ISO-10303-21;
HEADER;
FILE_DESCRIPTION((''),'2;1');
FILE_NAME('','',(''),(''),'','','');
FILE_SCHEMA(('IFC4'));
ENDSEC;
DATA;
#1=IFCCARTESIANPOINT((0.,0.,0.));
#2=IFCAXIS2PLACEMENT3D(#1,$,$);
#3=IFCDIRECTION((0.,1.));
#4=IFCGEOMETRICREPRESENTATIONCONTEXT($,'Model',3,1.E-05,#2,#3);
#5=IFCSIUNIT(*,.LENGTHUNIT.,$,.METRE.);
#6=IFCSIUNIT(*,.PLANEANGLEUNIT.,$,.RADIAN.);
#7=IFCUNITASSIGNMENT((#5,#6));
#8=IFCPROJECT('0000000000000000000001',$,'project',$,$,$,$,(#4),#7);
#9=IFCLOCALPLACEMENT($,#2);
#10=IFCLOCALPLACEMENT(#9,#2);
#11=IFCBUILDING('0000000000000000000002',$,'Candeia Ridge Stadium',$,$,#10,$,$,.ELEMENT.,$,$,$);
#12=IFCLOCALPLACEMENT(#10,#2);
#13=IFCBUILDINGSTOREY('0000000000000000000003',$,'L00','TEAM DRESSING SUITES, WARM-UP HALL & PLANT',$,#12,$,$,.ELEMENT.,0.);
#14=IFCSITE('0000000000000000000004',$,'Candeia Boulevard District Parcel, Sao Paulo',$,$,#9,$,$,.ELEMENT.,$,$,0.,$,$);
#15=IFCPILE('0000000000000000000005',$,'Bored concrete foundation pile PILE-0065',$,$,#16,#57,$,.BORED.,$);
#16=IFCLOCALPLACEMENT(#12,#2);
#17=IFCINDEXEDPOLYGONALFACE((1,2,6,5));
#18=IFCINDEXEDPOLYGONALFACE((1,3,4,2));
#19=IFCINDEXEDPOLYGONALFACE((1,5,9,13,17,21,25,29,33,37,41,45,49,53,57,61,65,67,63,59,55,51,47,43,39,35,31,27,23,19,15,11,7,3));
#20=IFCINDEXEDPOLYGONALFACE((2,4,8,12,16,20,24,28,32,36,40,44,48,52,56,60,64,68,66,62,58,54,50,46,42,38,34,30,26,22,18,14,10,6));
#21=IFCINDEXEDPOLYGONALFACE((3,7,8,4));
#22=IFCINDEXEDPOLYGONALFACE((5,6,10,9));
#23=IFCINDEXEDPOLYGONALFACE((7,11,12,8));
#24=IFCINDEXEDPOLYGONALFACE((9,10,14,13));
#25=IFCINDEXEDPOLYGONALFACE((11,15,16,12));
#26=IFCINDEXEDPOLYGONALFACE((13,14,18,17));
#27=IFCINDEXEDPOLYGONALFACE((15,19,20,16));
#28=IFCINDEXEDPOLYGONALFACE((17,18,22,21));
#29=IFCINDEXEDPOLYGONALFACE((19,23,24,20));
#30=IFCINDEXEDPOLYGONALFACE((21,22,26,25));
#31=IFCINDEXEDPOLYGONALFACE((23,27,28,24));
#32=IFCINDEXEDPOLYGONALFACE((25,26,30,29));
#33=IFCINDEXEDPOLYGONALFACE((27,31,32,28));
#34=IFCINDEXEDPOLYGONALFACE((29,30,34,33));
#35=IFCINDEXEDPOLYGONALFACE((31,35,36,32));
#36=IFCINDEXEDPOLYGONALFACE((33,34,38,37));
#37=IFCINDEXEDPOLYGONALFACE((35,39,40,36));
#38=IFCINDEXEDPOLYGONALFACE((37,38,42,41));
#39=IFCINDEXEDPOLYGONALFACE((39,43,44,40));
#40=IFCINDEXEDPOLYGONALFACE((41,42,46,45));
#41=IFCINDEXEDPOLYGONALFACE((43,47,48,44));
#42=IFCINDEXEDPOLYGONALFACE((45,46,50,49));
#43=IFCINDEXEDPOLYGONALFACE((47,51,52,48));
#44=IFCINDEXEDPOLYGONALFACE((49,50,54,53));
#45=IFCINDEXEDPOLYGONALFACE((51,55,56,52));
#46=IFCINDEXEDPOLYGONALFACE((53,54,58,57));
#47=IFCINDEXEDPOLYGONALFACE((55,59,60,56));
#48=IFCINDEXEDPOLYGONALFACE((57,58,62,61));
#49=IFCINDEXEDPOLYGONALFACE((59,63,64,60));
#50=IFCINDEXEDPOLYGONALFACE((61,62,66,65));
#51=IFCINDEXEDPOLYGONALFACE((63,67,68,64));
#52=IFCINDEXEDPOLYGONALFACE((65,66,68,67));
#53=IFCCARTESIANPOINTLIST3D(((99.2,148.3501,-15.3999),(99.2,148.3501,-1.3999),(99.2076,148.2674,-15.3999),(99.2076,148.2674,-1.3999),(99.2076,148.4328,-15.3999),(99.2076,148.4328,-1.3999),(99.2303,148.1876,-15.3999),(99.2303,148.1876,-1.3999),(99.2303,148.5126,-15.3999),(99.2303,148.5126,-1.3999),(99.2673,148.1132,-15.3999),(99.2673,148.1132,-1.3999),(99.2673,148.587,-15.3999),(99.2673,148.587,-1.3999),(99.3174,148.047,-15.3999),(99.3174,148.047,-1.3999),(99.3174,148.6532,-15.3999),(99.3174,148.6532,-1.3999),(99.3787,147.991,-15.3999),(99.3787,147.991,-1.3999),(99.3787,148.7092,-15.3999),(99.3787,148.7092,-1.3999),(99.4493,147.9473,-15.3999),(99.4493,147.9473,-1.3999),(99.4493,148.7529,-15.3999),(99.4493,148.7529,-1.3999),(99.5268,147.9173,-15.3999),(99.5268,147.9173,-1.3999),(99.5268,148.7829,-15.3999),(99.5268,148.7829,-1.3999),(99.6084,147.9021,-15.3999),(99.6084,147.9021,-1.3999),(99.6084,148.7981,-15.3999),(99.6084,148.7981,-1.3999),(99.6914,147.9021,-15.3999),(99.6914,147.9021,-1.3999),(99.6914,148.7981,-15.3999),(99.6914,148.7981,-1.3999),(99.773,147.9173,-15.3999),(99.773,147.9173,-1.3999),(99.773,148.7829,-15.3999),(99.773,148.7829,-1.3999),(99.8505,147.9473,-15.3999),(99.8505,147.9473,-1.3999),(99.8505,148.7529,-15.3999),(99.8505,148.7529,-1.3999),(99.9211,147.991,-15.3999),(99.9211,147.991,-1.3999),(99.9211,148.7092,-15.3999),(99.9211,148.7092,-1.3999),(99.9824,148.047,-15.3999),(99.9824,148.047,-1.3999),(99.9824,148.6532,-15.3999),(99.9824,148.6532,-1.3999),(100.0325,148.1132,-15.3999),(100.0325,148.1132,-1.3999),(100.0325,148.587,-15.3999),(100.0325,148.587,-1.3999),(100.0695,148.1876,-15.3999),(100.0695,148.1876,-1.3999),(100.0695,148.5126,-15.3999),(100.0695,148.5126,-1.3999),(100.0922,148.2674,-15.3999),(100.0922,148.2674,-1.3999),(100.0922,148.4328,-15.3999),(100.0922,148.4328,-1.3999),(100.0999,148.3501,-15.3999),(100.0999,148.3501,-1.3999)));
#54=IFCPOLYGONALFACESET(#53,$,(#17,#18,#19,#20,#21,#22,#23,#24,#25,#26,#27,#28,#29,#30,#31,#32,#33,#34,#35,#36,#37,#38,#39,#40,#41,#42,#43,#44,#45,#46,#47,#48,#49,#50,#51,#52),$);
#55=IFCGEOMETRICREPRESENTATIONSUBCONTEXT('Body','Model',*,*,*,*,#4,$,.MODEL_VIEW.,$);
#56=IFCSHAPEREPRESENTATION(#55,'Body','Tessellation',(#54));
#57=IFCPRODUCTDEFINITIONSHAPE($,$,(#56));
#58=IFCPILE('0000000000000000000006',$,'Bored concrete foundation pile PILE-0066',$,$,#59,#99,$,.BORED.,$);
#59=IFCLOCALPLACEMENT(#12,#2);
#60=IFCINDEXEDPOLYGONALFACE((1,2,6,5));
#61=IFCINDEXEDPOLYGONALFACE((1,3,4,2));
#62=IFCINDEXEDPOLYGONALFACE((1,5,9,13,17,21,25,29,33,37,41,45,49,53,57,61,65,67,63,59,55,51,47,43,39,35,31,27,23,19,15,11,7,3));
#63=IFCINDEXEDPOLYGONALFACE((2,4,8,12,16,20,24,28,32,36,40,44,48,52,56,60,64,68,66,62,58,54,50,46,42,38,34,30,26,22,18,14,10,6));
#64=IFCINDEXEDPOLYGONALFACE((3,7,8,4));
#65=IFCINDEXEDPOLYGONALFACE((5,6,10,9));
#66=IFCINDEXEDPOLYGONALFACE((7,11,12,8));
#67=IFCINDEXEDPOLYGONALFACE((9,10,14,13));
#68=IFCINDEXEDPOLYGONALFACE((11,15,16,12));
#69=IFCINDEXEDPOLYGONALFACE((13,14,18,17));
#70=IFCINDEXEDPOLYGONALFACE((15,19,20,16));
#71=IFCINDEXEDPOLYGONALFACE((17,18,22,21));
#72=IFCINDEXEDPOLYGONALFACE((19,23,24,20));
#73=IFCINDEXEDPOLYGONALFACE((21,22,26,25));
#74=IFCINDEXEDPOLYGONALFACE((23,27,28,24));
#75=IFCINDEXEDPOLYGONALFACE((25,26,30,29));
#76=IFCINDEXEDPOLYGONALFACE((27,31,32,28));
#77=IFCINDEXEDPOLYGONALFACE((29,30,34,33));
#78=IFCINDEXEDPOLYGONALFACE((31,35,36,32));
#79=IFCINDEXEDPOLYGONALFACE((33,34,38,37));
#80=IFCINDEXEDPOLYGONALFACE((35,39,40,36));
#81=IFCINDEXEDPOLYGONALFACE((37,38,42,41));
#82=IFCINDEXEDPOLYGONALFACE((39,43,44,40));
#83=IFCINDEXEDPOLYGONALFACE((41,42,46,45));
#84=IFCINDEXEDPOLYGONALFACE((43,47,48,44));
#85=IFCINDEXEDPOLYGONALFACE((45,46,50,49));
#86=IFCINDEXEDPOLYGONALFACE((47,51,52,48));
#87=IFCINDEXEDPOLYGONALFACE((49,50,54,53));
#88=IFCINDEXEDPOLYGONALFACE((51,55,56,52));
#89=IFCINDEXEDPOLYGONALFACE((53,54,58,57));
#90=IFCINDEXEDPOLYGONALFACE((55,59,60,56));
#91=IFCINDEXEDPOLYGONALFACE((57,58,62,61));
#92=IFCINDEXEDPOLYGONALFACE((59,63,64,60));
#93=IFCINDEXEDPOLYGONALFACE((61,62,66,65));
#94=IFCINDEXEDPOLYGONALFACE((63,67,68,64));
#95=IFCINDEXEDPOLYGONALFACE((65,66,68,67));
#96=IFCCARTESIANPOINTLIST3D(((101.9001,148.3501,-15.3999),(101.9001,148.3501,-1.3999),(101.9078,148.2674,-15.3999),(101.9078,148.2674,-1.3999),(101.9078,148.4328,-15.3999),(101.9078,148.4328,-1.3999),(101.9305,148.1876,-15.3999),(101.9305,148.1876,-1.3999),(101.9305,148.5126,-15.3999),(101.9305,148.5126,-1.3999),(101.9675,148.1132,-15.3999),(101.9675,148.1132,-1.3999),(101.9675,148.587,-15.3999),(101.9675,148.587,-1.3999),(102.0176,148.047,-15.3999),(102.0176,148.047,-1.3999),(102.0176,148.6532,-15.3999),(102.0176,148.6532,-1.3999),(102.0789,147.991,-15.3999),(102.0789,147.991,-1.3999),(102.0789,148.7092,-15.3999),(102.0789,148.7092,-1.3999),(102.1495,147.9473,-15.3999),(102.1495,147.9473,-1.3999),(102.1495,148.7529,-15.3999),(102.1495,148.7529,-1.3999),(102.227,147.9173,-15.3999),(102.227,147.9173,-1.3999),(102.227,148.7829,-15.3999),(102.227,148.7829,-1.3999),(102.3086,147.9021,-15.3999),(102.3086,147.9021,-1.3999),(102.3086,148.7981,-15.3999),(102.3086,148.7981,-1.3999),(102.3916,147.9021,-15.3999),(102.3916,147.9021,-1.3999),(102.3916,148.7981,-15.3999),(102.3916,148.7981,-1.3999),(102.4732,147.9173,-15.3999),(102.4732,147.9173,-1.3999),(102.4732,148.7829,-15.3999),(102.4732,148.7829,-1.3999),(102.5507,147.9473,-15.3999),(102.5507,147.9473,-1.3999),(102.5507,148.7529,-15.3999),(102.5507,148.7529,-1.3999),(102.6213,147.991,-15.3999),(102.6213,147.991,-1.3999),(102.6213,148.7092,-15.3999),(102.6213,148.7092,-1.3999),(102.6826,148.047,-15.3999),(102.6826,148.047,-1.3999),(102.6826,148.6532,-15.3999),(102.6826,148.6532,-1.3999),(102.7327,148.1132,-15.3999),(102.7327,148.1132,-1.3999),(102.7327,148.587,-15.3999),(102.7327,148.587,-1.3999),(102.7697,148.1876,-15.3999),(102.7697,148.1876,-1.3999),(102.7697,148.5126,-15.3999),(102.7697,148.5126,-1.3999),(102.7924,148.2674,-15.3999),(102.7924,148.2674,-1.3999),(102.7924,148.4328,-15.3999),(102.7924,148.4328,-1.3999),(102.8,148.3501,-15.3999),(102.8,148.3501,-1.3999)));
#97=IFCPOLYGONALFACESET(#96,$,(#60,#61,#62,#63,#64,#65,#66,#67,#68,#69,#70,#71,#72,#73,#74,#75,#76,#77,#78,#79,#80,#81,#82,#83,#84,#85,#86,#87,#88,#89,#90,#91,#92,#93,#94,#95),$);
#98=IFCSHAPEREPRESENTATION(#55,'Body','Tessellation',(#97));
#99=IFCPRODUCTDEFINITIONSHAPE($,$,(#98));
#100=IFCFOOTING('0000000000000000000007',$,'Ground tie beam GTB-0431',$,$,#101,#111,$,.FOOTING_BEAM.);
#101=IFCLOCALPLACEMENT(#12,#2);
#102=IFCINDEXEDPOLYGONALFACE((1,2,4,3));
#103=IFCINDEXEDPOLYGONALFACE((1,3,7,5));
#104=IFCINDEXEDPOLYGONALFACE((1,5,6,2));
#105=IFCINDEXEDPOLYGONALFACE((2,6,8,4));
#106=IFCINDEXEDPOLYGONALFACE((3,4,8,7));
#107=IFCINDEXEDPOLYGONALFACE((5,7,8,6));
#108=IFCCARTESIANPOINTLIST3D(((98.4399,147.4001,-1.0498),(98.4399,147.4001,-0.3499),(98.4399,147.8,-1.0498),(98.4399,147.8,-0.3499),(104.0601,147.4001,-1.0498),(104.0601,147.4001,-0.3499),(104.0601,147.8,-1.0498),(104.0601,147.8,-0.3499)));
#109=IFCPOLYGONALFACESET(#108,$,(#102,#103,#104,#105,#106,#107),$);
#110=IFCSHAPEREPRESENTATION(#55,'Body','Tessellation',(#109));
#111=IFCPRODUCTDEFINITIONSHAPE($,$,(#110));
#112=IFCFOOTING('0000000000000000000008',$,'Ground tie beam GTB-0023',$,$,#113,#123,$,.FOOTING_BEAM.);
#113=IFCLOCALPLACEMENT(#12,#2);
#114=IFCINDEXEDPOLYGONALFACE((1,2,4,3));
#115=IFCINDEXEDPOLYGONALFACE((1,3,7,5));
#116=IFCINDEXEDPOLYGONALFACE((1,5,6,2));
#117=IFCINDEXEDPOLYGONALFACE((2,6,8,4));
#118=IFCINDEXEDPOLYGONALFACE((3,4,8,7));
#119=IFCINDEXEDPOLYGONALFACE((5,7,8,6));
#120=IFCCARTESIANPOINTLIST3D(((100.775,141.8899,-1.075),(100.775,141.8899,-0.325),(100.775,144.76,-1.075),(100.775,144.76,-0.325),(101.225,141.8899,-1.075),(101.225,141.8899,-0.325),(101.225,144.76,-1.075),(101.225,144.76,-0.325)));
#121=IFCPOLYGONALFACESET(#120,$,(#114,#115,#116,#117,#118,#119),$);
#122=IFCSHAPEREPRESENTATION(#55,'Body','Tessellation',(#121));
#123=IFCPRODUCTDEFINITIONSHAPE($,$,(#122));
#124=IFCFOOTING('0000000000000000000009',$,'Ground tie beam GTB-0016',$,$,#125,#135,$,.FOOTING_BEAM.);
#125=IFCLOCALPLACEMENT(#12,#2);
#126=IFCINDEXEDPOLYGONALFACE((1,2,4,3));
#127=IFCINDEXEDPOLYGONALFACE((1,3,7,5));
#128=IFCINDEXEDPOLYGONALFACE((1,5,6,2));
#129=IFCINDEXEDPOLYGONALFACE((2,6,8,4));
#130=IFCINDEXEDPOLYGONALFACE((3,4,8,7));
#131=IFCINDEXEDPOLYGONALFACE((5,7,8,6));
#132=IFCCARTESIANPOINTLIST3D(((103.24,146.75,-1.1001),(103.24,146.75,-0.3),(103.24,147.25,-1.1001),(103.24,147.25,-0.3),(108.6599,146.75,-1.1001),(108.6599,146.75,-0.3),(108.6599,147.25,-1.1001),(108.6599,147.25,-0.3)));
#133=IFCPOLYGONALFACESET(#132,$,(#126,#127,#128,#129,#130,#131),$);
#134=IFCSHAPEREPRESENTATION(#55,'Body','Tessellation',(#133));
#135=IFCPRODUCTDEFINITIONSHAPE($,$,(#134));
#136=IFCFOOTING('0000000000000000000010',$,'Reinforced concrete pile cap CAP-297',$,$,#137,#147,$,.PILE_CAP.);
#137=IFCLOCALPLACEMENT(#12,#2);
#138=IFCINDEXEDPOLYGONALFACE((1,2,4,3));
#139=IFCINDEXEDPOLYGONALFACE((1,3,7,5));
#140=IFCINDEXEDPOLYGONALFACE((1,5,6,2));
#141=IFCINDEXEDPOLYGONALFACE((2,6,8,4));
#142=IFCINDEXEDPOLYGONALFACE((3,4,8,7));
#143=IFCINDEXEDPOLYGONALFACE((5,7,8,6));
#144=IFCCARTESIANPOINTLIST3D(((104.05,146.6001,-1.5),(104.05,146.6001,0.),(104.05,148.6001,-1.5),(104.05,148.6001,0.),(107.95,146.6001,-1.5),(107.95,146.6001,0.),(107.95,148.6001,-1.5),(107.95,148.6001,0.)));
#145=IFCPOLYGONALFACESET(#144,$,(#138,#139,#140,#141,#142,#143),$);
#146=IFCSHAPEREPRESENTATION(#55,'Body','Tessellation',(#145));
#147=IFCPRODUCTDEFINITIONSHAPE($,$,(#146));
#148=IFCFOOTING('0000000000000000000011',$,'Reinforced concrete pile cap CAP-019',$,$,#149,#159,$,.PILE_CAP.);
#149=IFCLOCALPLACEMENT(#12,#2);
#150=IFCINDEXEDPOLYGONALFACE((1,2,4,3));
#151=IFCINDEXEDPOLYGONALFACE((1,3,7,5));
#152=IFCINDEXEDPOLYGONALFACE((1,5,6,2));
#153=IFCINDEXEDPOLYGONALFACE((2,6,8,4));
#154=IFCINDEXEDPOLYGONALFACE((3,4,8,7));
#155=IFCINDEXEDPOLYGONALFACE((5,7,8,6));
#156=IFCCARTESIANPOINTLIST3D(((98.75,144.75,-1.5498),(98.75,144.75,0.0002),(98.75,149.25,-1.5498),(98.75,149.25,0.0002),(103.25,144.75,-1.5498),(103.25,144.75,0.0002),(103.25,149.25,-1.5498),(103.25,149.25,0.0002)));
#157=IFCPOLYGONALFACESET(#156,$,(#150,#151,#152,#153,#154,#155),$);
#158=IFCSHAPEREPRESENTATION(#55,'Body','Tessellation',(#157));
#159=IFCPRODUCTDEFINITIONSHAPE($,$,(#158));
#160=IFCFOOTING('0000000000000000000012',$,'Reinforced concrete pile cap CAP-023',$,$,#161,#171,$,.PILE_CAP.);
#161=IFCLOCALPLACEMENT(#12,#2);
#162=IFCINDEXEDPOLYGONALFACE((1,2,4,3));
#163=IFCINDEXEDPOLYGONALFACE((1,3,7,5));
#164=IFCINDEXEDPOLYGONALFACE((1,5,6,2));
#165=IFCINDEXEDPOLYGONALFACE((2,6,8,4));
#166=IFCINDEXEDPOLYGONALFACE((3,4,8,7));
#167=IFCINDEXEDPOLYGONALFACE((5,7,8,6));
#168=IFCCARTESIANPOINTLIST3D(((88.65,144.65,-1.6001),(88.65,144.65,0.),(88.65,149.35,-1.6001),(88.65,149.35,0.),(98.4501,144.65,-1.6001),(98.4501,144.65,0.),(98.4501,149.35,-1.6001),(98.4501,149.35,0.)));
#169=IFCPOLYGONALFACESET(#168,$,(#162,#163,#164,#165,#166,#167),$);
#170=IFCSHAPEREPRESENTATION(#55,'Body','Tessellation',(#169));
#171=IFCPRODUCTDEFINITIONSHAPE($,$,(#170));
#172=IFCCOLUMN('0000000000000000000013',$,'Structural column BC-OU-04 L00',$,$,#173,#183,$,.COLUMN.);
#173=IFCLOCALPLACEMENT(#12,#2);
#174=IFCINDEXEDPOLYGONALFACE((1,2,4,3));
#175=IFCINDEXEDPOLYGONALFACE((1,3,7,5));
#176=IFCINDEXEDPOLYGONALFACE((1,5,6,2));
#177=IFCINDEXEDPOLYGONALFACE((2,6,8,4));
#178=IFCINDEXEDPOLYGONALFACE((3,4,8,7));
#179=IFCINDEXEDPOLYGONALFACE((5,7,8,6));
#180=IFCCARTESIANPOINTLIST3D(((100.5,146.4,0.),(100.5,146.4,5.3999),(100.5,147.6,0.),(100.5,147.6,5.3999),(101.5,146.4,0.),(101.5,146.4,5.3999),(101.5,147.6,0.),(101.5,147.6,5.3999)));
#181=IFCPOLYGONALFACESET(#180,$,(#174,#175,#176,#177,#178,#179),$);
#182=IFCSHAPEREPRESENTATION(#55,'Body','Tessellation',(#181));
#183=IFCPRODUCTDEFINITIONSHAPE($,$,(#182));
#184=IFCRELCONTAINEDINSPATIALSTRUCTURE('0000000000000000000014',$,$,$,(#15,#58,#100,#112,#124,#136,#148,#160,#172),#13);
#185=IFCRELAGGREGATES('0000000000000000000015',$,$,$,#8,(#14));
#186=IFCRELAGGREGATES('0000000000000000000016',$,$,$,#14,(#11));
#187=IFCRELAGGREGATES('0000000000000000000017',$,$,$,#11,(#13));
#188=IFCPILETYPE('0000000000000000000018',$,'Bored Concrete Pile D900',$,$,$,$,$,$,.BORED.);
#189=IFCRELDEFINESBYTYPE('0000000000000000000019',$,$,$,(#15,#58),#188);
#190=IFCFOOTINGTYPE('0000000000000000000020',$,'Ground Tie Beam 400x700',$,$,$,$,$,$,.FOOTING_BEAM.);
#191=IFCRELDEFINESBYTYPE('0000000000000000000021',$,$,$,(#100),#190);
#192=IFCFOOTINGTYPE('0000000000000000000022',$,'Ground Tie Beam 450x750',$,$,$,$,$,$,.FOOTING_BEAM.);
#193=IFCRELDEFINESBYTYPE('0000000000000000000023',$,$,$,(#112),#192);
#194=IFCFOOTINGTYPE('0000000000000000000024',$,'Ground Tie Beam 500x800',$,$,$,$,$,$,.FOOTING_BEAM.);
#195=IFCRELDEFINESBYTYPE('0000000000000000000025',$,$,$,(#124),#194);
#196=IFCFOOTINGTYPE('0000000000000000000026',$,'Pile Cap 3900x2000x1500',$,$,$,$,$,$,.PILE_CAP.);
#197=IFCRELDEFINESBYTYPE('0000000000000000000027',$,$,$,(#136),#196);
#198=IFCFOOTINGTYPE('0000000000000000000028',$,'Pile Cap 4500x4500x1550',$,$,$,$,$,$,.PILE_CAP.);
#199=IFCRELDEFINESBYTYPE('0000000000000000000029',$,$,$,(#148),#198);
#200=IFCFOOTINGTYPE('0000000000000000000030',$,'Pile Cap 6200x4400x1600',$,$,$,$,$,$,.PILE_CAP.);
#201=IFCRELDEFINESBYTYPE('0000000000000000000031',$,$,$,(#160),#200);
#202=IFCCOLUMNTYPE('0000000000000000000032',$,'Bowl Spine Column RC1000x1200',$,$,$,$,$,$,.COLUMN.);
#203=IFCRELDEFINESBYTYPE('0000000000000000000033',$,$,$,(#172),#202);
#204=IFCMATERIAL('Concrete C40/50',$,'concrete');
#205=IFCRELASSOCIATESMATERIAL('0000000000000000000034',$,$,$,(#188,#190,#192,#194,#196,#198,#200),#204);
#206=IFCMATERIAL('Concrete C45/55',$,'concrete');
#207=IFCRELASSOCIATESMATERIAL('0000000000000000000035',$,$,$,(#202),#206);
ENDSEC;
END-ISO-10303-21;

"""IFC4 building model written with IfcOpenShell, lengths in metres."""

from ifc_helpers import new_model, si_unit, direction, frame, origin, origin_2d, place, context, subcontext, project, spatial, rectangle, circle, extrude, material, material_profile, profile_set, type_object, element, save


model = new_model("IFC4")

# Units and contexts
model_context = context("Model", 3, precision=1e-05, world=origin(), true_north=direction((0.0, 1.0)))
body_context = subcontext(model_context, "Body", "Model", "MODEL_VIEW")
ifc_project = project(units=[si_unit("LENGTHUNIT", "METRE"), si_unit("PLANEANGLEUNIT", "RADIAN")], contexts=[model_context])

# Site, building, storey
site_placement = place(None, origin())
site = spatial("IfcSite", under=ifc_project, at=site_placement, Name="Candeia Boulevard District Parcel, Sao Paulo", CompositionType="ELEMENT", RefElevation=0.0)
building_placement = place(site_placement, origin())
building = spatial("IfcBuilding", under=site, at=building_placement, Name="Candeia Ridge Stadium", CompositionType="ELEMENT")
storey_placement = place(building_placement, origin())
storey = spatial("IfcBuildingStorey", under=building, at=storey_placement, Name="L00", Description="TEAM DRESSING SUITES, WARM-UP HALL & PLANT", CompositionType="ELEMENT", Elevation=0.0)

# Piles
ifc_material_1 = material(Name="Concrete C40/50", Category="concrete")
ifc_material_profile_1 = material_profile(ifc_material_1, circle(Radius=0.45, at=origin_2d()), Name="PILE-D900", Category="concrete")
ifc_profile_set_1 = profile_set([ifc_material_profile_1], Name="Concrete C40/50")
pile_type_1 = type_object("IfcPileType", Name="Bored Concrete Pile D900", PredefinedType="BORED", material=ifc_profile_set_1)
for number, where, z_axis, x_axis, name in (
    (1, (99.6499, 148.3501, -1.3999), (0.0, 0.0, -1.0), (1.0, 0.0, 0.0), "Bored concrete foundation pile PILE-0065"),
    (2, (102.3501, 148.3501, -1.3999), (0.0, 0.0, -1.0), (1.0, 0.0, 0.0), "Bored concrete foundation pile PILE-0066"),
):
    element("IfcPile", number, at=place(storey_placement, frame(where, z_axis=z_axis, x_axis=x_axis)), inside=storey, type_object=pile_type_1, Name=name, PredefinedType="BORED", context=body_context, shape_type="SweptSolid", body=[
        extrude(circle(Radius=0.45, at=origin_2d()), origin(), (0.0, 0.0, 1.0), 14.0),
    ])

# Footings
footing_type_1 = type_object("IfcFootingType", Name="Ground Tie Beam 400x700", PredefinedType="FOOTING_BEAM", material=ifc_material_1)
footing_1_placement = place(storey_placement, frame((101.25, 147.6001, -1.0498), z_axis=(0.0, 0.0, 1.0), x_axis=(1.0, 0.0, 0.0)))
element("IfcFooting", 3, at=footing_1_placement, inside=storey, type_object=footing_type_1, Name="Ground tie beam GTB-0431", PredefinedType="FOOTING_BEAM", context=body_context, shape_type="SweptSolid", body=[
    extrude(rectangle(XDim=5.6201, YDim=0.3999, at=origin_2d()), origin(), (0.0, 0.0, 1.0), 0.7),
])
footing_type_2 = type_object("IfcFootingType", Name="Ground Tie Beam 450x750", PredefinedType="FOOTING_BEAM", material=ifc_material_1)
footing_2_placement = place(storey_placement, frame((101.0, 143.325, -1.075), z_axis=(0.0, 0.0, 1.0), x_axis=(0.0, 1.0, 0.0)))
element("IfcFooting", 4, at=footing_2_placement, inside=storey, type_object=footing_type_2, Name="Ground tie beam GTB-0023", PredefinedType="FOOTING_BEAM", context=body_context, shape_type="SweptSolid", body=[
    extrude(rectangle(XDim=2.8701, YDim=0.45, at=origin_2d()), origin(), (0.0, 0.0, 1.0), 0.75),
])
footing_type_3 = type_object("IfcFootingType", Name="Ground Tie Beam 500x800", PredefinedType="FOOTING_BEAM", material=ifc_material_1)
footing_3_placement = place(storey_placement, frame((105.95, 147.0, -1.1001), z_axis=(0.0, 0.0, 1.0), x_axis=(-1.0, 0.0, 0.0)))
element("IfcFooting", 5, at=footing_3_placement, inside=storey, type_object=footing_type_3, Name="Ground tie beam GTB-0016", PredefinedType="FOOTING_BEAM", context=body_context, shape_type="SweptSolid", body=[
    extrude(rectangle(XDim=5.4199, YDim=0.5, at=origin_2d()), origin(), (0.0, 0.0, 1.0), 0.8),
])
footing_type_4 = type_object("IfcFootingType", Name="Pile Cap 3900x2000x1500", PredefinedType="PILE_CAP", material=ifc_material_1)
footing_4_placement = place(storey_placement, frame((106.0, 147.6001, -1.5), z_axis=(0.0, 0.0, 1.0), x_axis=(1.0, 0.0, 0.0)))
element("IfcFooting", 6, at=footing_4_placement, inside=storey, type_object=footing_type_4, Name="Reinforced concrete pile cap CAP-297", PredefinedType="PILE_CAP", context=body_context, shape_type="SweptSolid", body=[
    extrude(rectangle(XDim=3.8999, YDim=2.0, at=origin_2d()), origin(), (0.0, 0.0, 1.0), 1.5),
])
footing_type_5 = type_object("IfcFootingType", Name="Pile Cap 4500x4500x1550", PredefinedType="PILE_CAP", material=ifc_material_1)
footing_5_placement = place(storey_placement, frame((101.0, 147.0, -1.5498), z_axis=(0.0, 0.0, 1.0), x_axis=(1.0, 0.0, 0.0)))
element("IfcFooting", 7, at=footing_5_placement, inside=storey, type_object=footing_type_5, Name="Reinforced concrete pile cap CAP-019", PredefinedType="PILE_CAP", context=body_context, shape_type="SweptSolid", body=[
    extrude(rectangle(XDim=4.5, YDim=4.5, at=origin_2d()), origin(), (0.0, 0.0, 1.0), 1.55),
])
footing_type_6 = type_object("IfcFootingType", Name="Pile Cap 6200x4400x1600", PredefinedType="PILE_CAP", material=ifc_material_1)
footing_6_placement = place(storey_placement, frame((93.55, 147.0, -1.6001), z_axis=(0.0, 0.0, 1.0), x_axis=(1.0, 0.0, 0.0)))
element("IfcFooting", 8, at=footing_6_placement, inside=storey, type_object=footing_type_6, Name="Reinforced concrete pile cap CAP-023", PredefinedType="PILE_CAP", context=body_context, shape_type="SweptSolid", body=[
    extrude(rectangle(XDim=9.8, YDim=4.7, at=origin_2d()), origin(), (0.0, 0.0, 1.0), 1.6001),
])

# Column
ifc_material_2 = material(Name="Concrete C45/55", Category="concrete")
ifc_material_profile_2 = material_profile(ifc_material_2, rectangle(XDim=1.0, YDim=1.2, at=origin_2d()), Name="RC1000x1200", Category="concrete")
ifc_profile_set_2 = profile_set([ifc_material_profile_2], Name="Concrete C45/55")
column_type_1 = type_object("IfcColumnType", Name="Bowl Spine Column RC1000x1200", PredefinedType="COLUMN", material=ifc_profile_set_2)
column_placement = place(storey_placement, frame((101.0, 147.0, 0.0), z_axis=(0.0, 0.0, 1.0), x_axis=(1.0, 0.0, 0.0)))
element("IfcColumn", 9, at=column_placement, inside=storey, type_object=column_type_1, Name="Structural column BC-OU-04 L00", PredefinedType="COLUMN", context=body_context, shape_type="SweptSolid", body=[
    extrude(rectangle(XDim=1.0, YDim=1.2, at=origin_2d()), origin(), (0.0, 0.0, 1.0), 5.3999),
])

save(model, "model.ifc")
